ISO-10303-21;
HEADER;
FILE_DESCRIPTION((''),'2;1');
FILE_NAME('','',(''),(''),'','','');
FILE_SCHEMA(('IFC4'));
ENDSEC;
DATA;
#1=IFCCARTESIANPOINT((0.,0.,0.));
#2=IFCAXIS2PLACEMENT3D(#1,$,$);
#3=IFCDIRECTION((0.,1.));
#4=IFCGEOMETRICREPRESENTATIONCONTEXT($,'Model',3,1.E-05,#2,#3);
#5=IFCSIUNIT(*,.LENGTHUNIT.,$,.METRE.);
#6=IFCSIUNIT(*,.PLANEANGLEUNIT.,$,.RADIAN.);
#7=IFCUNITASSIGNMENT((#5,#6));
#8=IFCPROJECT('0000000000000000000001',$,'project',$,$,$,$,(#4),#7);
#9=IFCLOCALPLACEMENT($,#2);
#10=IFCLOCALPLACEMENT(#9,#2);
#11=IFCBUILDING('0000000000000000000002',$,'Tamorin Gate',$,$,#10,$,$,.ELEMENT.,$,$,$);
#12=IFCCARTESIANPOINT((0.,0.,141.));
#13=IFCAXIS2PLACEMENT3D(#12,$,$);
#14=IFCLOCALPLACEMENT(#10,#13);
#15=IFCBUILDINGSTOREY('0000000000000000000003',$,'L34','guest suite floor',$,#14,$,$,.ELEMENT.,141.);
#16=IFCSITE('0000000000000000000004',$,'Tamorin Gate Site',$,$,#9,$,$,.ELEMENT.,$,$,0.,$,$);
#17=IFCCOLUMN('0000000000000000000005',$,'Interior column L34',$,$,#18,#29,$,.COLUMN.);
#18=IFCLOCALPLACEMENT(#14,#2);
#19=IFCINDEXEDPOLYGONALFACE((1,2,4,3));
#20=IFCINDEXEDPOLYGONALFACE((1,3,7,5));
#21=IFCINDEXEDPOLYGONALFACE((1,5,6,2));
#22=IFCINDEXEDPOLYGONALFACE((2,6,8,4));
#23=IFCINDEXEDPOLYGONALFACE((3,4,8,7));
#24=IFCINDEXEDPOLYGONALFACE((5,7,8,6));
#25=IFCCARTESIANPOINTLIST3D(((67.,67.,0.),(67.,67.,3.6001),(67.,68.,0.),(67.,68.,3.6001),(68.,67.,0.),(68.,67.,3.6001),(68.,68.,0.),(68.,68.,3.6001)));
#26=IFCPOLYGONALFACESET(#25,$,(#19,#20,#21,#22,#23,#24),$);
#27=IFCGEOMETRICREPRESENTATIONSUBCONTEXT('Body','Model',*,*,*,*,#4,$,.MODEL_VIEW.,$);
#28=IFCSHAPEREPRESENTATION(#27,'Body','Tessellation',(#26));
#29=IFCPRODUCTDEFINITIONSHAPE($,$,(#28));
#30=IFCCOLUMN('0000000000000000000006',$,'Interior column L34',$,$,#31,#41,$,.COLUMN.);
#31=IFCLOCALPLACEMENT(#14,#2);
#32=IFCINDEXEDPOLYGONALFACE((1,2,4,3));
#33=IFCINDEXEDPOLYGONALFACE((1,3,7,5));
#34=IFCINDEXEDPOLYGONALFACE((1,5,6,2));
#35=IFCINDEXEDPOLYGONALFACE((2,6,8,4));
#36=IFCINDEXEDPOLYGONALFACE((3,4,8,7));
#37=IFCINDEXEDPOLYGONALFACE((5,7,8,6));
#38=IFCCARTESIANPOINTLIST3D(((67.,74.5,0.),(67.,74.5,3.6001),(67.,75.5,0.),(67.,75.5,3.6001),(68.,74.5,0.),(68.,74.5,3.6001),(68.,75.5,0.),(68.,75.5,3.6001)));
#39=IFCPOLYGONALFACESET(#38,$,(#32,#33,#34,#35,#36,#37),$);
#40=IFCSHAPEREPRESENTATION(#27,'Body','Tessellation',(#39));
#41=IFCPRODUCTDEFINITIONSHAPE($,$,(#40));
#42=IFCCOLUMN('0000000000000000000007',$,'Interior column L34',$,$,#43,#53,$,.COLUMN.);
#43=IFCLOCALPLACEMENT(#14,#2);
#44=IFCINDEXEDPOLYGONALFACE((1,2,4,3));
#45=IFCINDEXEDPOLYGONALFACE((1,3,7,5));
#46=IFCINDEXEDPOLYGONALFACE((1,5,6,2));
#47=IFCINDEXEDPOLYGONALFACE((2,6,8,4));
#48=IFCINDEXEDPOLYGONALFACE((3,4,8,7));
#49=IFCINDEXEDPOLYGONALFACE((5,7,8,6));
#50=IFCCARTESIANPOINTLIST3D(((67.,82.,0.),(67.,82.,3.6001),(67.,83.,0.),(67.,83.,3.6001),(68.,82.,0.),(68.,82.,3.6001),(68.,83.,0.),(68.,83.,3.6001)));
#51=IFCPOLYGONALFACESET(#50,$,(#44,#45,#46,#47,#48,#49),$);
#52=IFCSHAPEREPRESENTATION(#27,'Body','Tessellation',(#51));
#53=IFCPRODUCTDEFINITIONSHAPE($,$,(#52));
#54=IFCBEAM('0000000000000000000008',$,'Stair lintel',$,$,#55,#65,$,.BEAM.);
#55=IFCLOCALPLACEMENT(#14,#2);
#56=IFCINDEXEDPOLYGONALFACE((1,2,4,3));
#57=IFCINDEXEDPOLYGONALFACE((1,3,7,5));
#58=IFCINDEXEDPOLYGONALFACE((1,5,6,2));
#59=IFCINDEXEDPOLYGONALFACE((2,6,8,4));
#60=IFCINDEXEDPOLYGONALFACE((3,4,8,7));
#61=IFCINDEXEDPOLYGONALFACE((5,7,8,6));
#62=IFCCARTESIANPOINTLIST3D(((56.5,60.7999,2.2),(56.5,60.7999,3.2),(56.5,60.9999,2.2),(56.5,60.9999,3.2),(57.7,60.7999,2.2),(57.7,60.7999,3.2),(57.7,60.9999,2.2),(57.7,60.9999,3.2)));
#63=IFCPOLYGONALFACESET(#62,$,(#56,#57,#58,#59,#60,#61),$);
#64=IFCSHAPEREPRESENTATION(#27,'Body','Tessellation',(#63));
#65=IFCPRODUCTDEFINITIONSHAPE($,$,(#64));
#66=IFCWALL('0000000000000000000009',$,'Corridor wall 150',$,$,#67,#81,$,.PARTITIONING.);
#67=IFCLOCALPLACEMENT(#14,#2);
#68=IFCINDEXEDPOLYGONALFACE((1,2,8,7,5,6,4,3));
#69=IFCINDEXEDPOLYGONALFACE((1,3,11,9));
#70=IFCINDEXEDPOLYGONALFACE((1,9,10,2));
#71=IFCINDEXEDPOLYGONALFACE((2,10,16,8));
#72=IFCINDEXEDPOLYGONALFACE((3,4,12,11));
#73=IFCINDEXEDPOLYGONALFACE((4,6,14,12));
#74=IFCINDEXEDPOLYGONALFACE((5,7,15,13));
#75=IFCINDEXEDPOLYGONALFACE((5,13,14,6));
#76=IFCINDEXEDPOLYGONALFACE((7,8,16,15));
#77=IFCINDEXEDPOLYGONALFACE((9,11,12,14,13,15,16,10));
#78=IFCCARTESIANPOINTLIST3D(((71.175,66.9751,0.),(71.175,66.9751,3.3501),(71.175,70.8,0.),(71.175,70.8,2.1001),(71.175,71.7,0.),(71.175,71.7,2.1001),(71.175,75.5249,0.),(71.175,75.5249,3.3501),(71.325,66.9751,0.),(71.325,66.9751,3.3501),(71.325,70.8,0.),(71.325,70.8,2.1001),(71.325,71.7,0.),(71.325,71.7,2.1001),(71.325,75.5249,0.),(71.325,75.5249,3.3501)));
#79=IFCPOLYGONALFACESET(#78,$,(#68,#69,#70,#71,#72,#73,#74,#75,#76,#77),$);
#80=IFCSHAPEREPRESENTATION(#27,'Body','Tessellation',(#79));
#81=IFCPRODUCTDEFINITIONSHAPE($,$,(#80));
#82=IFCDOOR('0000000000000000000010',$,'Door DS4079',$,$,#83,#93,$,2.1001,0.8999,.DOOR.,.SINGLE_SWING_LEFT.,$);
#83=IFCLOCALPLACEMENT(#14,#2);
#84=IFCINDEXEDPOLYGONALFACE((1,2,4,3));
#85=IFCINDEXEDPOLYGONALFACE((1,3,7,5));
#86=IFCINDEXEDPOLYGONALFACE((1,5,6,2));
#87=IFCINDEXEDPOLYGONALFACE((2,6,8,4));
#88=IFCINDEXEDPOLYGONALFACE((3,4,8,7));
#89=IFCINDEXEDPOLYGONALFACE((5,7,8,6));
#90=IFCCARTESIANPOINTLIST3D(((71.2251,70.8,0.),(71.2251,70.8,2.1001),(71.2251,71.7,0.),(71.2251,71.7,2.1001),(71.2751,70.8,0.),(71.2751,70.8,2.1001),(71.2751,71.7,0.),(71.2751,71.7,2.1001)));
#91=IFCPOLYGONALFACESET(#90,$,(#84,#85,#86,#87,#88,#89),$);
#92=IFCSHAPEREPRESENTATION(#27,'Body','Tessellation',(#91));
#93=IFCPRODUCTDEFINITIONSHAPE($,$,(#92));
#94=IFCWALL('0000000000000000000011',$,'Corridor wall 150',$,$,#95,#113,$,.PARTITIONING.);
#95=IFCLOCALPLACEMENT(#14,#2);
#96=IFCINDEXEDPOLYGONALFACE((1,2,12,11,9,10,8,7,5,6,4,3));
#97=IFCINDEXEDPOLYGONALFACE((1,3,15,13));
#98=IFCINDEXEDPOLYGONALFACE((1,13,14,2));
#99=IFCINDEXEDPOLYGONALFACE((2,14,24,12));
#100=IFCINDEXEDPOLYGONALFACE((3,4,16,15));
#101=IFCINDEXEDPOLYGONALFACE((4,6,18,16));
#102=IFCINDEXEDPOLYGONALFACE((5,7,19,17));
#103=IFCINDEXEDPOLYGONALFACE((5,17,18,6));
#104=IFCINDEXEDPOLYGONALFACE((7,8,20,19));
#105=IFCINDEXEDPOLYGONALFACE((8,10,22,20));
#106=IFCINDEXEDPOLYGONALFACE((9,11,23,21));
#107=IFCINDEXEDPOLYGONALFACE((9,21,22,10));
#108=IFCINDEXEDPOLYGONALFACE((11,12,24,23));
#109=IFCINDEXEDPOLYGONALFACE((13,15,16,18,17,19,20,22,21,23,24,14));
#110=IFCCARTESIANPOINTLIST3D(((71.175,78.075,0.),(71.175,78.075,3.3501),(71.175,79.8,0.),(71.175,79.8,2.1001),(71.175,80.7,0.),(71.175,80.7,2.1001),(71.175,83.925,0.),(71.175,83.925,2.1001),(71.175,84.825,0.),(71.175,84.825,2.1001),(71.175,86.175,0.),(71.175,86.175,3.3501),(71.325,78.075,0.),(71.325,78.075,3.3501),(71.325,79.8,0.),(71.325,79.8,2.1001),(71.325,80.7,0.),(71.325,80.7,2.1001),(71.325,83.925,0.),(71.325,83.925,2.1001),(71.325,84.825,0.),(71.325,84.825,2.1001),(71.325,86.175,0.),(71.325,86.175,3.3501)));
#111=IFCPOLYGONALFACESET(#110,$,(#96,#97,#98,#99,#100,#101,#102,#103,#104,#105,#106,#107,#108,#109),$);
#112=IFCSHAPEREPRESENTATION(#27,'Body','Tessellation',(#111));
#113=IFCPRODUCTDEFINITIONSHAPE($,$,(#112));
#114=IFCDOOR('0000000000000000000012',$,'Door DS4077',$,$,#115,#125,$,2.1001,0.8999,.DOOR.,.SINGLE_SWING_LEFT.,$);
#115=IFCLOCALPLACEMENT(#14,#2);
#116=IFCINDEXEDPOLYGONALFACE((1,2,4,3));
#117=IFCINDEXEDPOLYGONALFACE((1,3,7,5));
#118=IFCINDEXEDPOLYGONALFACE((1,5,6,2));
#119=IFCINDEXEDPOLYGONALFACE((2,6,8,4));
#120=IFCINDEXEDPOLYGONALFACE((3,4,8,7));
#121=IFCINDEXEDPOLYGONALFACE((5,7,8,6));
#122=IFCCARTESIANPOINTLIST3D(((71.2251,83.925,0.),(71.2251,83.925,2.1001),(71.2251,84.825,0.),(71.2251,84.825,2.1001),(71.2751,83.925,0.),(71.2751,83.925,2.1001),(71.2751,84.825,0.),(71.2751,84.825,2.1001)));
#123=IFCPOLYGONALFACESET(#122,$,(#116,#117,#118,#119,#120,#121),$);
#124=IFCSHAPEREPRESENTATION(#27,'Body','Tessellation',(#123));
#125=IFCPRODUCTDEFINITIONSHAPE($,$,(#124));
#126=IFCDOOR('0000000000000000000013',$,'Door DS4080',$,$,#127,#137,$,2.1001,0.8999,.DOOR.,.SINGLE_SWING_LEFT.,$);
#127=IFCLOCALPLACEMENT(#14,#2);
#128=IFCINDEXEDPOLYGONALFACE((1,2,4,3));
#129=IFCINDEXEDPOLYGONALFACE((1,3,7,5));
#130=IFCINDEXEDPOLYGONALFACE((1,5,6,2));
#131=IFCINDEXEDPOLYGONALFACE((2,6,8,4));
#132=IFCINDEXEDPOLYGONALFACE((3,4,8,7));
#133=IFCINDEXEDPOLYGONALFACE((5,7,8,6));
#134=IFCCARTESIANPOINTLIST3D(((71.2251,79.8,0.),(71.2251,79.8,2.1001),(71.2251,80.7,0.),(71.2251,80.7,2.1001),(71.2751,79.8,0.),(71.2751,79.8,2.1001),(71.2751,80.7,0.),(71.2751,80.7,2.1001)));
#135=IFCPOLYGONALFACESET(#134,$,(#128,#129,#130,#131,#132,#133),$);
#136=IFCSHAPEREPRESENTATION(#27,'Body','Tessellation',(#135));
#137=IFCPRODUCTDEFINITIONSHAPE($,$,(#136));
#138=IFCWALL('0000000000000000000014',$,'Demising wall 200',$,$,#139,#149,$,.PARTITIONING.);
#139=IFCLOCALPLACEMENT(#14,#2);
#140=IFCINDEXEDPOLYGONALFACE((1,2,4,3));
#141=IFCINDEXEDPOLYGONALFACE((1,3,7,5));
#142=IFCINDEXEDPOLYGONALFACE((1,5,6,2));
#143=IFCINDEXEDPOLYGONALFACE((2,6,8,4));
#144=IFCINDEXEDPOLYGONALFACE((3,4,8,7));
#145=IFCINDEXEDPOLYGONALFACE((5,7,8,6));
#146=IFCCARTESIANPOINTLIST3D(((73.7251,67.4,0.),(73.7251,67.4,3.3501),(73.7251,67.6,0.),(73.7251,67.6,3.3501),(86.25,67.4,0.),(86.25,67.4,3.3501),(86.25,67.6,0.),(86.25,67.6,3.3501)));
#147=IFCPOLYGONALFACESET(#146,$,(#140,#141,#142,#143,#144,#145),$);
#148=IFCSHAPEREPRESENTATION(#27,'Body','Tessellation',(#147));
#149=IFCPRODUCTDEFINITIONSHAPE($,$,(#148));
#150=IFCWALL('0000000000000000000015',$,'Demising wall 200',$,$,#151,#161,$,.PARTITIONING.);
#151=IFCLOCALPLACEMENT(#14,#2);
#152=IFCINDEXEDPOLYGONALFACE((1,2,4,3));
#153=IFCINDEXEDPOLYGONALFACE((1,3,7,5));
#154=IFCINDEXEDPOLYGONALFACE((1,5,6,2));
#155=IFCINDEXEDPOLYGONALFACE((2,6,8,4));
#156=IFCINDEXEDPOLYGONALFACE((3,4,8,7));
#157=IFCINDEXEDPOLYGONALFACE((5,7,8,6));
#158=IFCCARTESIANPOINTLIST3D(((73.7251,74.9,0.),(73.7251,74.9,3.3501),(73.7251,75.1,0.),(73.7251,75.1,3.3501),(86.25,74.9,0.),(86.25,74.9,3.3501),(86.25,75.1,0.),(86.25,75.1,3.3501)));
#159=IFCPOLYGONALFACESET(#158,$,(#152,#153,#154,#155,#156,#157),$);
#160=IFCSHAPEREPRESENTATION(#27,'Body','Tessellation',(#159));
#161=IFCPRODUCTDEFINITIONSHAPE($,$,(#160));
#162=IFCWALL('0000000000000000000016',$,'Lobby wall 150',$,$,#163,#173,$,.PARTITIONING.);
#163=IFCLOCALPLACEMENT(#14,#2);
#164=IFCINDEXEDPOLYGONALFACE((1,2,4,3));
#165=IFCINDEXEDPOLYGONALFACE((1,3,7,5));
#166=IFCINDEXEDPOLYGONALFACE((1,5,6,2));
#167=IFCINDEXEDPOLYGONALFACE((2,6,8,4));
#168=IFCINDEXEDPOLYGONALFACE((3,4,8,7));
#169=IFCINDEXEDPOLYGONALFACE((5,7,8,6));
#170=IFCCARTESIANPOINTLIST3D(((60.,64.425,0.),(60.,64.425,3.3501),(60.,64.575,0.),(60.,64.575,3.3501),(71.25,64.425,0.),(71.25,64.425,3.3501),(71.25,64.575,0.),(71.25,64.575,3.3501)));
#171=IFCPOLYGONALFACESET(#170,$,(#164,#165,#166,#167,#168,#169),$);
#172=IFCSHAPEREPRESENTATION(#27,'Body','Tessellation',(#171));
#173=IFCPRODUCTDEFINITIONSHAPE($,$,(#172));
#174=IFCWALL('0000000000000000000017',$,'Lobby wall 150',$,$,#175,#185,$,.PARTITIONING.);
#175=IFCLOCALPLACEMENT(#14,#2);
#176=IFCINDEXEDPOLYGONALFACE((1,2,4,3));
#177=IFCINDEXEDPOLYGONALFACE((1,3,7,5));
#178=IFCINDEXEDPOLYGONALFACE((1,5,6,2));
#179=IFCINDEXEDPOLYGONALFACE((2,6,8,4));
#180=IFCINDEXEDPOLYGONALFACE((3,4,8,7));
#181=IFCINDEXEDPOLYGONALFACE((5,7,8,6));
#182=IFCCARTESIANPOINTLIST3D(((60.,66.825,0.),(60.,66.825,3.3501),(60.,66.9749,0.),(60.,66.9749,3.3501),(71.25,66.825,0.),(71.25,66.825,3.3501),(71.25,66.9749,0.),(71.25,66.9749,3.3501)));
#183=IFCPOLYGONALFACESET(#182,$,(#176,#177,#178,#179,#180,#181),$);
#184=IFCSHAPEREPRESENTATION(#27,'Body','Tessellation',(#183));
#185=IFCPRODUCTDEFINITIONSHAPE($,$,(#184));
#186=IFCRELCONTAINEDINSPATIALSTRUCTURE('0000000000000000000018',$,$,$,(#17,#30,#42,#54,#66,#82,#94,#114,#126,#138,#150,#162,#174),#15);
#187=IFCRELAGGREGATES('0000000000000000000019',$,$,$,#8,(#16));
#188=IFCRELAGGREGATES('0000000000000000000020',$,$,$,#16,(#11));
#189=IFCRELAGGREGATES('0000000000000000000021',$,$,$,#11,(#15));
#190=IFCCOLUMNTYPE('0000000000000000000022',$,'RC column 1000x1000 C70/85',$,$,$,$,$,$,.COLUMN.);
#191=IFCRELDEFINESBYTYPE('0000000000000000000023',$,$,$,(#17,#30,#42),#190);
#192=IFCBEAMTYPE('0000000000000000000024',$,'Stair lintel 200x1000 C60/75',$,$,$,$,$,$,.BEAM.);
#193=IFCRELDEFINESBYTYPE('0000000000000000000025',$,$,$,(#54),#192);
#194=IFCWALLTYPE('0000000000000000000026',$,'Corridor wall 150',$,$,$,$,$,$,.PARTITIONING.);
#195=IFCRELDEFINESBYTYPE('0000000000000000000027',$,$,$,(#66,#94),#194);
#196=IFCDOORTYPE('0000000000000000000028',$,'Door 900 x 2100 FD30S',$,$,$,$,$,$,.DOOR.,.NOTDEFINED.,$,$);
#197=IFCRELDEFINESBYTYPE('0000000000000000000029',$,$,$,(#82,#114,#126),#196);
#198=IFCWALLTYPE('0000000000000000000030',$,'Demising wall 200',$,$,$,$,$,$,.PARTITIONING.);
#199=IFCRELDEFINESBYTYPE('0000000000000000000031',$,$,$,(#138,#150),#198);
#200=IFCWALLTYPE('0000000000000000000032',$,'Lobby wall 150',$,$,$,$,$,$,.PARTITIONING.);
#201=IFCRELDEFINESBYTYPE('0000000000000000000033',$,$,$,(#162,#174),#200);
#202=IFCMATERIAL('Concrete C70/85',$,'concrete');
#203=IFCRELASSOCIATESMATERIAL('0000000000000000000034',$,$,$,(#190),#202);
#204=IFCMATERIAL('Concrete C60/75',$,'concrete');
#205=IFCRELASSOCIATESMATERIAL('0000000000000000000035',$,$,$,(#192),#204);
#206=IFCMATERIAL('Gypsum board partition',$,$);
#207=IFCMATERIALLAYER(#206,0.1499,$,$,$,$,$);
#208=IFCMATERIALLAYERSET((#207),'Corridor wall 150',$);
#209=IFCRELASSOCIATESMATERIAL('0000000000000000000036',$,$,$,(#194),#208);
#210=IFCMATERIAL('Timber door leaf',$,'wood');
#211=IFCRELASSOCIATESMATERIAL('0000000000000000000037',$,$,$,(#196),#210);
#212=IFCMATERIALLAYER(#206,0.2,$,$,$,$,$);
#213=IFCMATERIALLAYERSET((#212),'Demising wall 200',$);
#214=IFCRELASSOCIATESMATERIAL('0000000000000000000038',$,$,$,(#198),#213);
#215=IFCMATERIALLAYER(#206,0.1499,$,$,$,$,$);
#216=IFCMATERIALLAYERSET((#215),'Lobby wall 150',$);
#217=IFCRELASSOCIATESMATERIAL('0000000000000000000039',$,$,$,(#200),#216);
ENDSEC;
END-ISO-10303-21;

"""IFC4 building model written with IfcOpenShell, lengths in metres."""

from ifc_helpers import new_model, si_unit, direction, frame, frame_2d, origin, origin_2d, place, context, subcontext, project, spatial, rectangle, extrude, material, layer, layer_set, material_profile, profile_set, type_object, element, fill, save


model = new_model("IFC4")

# Units and contexts
model_context = context("Model", 3, precision=1e-05, world=origin(), true_north=direction((0.0, 1.0)))
body_context = subcontext(model_context, "Body", "Model", "MODEL_VIEW")
ifc_project = project(units=[si_unit("LENGTHUNIT", "METRE"), si_unit("PLANEANGLEUNIT", "RADIAN")], contexts=[model_context])

# Site, building, storey
site_placement = place(None, origin())
site = spatial("IfcSite", under=ifc_project, at=site_placement, Name="Tamorin Gate Site", CompositionType="ELEMENT", RefElevation=0.0)
building_placement = place(site_placement, origin())
building = spatial("IfcBuilding", under=site, at=building_placement, Name="Tamorin Gate", CompositionType="ELEMENT")
storey_placement = place(building_placement, frame((0.0, 0.0, 141.0)))
storey = spatial("IfcBuildingStorey", under=building, at=storey_placement, Name="L34", Description="guest suite floor", CompositionType="ELEMENT", Elevation=141.0)

# Columns
ifc_material_1 = material(Name="Concrete C70/85", Category="concrete")
ifc_material_profile_1 = material_profile(ifc_material_1, rectangle(XDim=1.0, YDim=1.0, at=origin_2d()), Name="RC 1000x1000")
ifc_profile_set_1 = profile_set([ifc_material_profile_1], Name="Concrete C70/85")
column_type = type_object("IfcColumnType", Name="RC column 1000x1000 C70/85", PredefinedType="COLUMN", material=ifc_profile_set_1)
for number, where, z_axis, x_axis, name in (
    (1, (67.5, 67.5, 0.0), (0.0, 0.0, 1.0), (1.0, 0.0, 0.0), "Interior column L34"),
    (2, (67.5, 75.0, 0.0), (0.0, 0.0, 1.0), (1.0, 0.0, 0.0), "Interior column L34"),
    (3, (67.5, 82.5, 0.0), (0.0, 0.0, 1.0), (1.0, 0.0, 0.0), "Interior column L34"),
):
    element("IfcColumn", number, at=place(storey_placement, frame(where, z_axis=z_axis, x_axis=x_axis)), inside=storey, type_object=column_type, Name=name, PredefinedType="COLUMN", context=body_context, shape_type="SweptSolid", body=[
        extrude(rectangle(XDim=1.0, YDim=1.0, at=origin_2d()), origin(), (0.0, 0.0, 1.0), 3.6001),
    ])

# Beam
ifc_material_2 = material(Name="Concrete C60/75", Category="concrete")
ifc_material_profile_2 = material_profile(ifc_material_2, rectangle(XDim=0.2, YDim=1.0, at=origin_2d()))
ifc_profile_set_2 = profile_set([ifc_material_profile_2], Name="Concrete C60/75")
beam_type = type_object("IfcBeamType", Name="Stair lintel 200x1000 C60/75", PredefinedType="BEAM", material=ifc_profile_set_2)
beam_placement = place(storey_placement, frame((56.5, 60.8999, 2.7), z_axis=(1.0, 0.0, 0.0), x_axis=(0.0, 1.0, 0.0)))
element("IfcBeam", 4, at=beam_placement, inside=storey, type_object=beam_type, Name="Stair lintel", PredefinedType="BEAM", context=body_context, shape_type="SweptSolid", body=[
    extrude(rectangle(XDim=0.2, YDim=1.0, at=origin_2d()), origin(), (0.0, 0.0, 1.0), 1.2),
])

# Wall, opening, door
ifc_material_3 = material(Name="Gypsum board partition")
ifc_layer_1 = layer(ifc_material_3, 0.1499)
ifc_layer_set_1 = layer_set([ifc_layer_1], Name="Corridor wall 150")
wall_type_1 = type_object("IfcWallType", Name="Corridor wall 150", PredefinedType="PARTITIONING", material=ifc_layer_set_1)
wall_1_placement = place(storey_placement, frame((71.25, 66.9751, 0.0), z_axis=(0.0, 0.0, 1.0), x_axis=(0.0, 1.0, 0.0)))
wall_1 = element("IfcWall", 5, at=wall_1_placement, inside=storey, type_object=wall_type_1, Name="Corridor wall 150", PredefinedType="PARTITIONING", context=body_context, shape_type="SweptSolid", body=[
    extrude(rectangle(XDim=8.5498, YDim=0.1499, at=frame_2d((4.2749, 0.0))), origin(), (0.0, 0.0, 1.0), 3.3501),
])
opening_1_placement = place(wall_1_placement, frame((3.825, 0.0, 0.0)))
opening_1 = element("IfcOpeningElement", 6, at=opening_1_placement, cuts=wall_1, PredefinedType="OPENING", context=body_context, shape_type="SweptSolid", body=[
    extrude(rectangle(XDim=0.8999, YDim=2.1001, at=frame_2d((0.45, 1.05))), frame((0.0, 0.085, 0.0), z_axis=(0.0, -1.0, 0.0), x_axis=(1.0, 0.0, 0.0)), (0.0, 0.0, 1.0), 0.1699),
])
ifc_material_4 = material(Name="Timber door leaf", Category="wood")
door_type = type_object("IfcDoorType", Name="Door 900 x 2100 FD30S", OperationType="NOTDEFINED", PredefinedType="DOOR", material=ifc_material_4)
door_1_placement = place(opening_1_placement, origin())
door_1 = element("IfcDoor", 7, at=door_1_placement, inside=storey, type_object=door_type, Name="Door DS4079", OperationType="SINGLE_SWING_LEFT", OverallHeight=2.1001, OverallWidth=0.8999, PredefinedType="DOOR", context=body_context, shape_type="SweptSolid", body=[
    extrude(rectangle(XDim=0.8999, YDim=2.1001, at=frame_2d((0.45, 1.05))), frame((0.0, 0.0249, 0.0), z_axis=(0.0, -1.0, 0.0), x_axis=(1.0, 0.0, 0.0)), (0.0, 0.0, 1.0), 0.05),
])
fill(opening_1, door_1)

# Wall, openings, doors
wall_2_placement = place(storey_placement, frame((71.25, 78.075, 0.0), z_axis=(0.0, 0.0, 1.0), x_axis=(0.0, 1.0, 0.0)))
wall_2 = element("IfcWall", 8, at=wall_2_placement, inside=storey, type_object=wall_type_1, Name="Corridor wall 150", PredefinedType="PARTITIONING", context=body_context, shape_type="SweptSolid", body=[
    extrude(rectangle(XDim=8.1001, YDim=0.1499, at=frame_2d((4.05, 0.0))), origin(), (0.0, 0.0, 1.0), 3.3501),
])
opening_2_placement = place(wall_2_placement, frame((5.8501, 0.0, 0.0)))
opening_2 = element("IfcOpeningElement", 9, at=opening_2_placement, cuts=wall_2, PredefinedType="OPENING", context=body_context, shape_type="SweptSolid", body=[
    extrude(rectangle(XDim=0.8999, YDim=2.1001, at=frame_2d((0.45, 1.05))), frame((0.0, 0.085, 0.0), z_axis=(0.0, -1.0, 0.0), x_axis=(1.0, 0.0, 0.0)), (0.0, 0.0, 1.0), 0.1699),
])
opening_3_placement = place(wall_2_placement, frame((1.7251, 0.0, 0.0)))
opening_3 = element("IfcOpeningElement", 10, at=opening_3_placement, cuts=wall_2, PredefinedType="OPENING", context=body_context, shape_type="SweptSolid", body=[
    extrude(rectangle(XDim=0.8999, YDim=2.1001, at=frame_2d((0.45, 1.05))), frame((0.0, 0.085, 0.0), z_axis=(0.0, -1.0, 0.0), x_axis=(1.0, 0.0, 0.0)), (0.0, 0.0, 1.0), 0.1699),
])
door_2_placement = place(opening_2_placement, origin())
door_2 = element("IfcDoor", 11, at=door_2_placement, inside=storey, type_object=door_type, Name="Door DS4077", OperationType="SINGLE_SWING_LEFT", OverallHeight=2.1001, OverallWidth=0.8999, PredefinedType="DOOR", context=body_context, shape_type="SweptSolid", body=[
    extrude(rectangle(XDim=0.8999, YDim=2.1001, at=frame_2d((0.45, 1.05))), frame((0.0, 0.0249, 0.0), z_axis=(0.0, -1.0, 0.0), x_axis=(1.0, 0.0, 0.0)), (0.0, 0.0, 1.0), 0.05),
])
fill(opening_2, door_2)
door_3_placement = place(opening_3_placement, origin())
door_3 = element("IfcDoor", 12, at=door_3_placement, inside=storey, type_object=door_type, Name="Door DS4080", OperationType="SINGLE_SWING_LEFT", OverallHeight=2.1001, OverallWidth=0.8999, PredefinedType="DOOR", context=body_context, shape_type="SweptSolid", body=[
    extrude(rectangle(XDim=0.8999, YDim=2.1001, at=frame_2d((0.45, 1.05))), frame((0.0, 0.0249, 0.0), z_axis=(0.0, -1.0, 0.0), x_axis=(1.0, 0.0, 0.0)), (0.0, 0.0, 1.0), 0.05),
])
fill(opening_3, door_3)

# Walls
ifc_layer_2 = layer(ifc_material_3, 0.2)
ifc_layer_set_2 = layer_set([ifc_layer_2], Name="Demising wall 200")
wall_type_2 = type_object("IfcWallType", Name="Demising wall 200", PredefinedType="PARTITIONING", material=ifc_layer_set_2)
for number, where, z_axis, x_axis, name in (
    (13, (73.7251, 67.5, 0.0), (0.0, 0.0, 1.0), (1.0, 0.0, 0.0), "Demising wall 200"),
    (14, (73.7251, 75.0, 0.0), (0.0, 0.0, 1.0), (1.0, 0.0, 0.0), "Demising wall 200"),
):
    element("IfcWall", number, at=place(storey_placement, frame(where, z_axis=z_axis, x_axis=x_axis)), inside=storey, type_object=wall_type_2, Name=name, PredefinedType="PARTITIONING", context=body_context, shape_type="SweptSolid", body=[
        extrude(rectangle(XDim=12.5249, YDim=0.2, at=frame_2d((6.2625, 0.0))), origin(), (0.0, 0.0, 1.0), 3.3501),
    ])
ifc_layer_3 = layer(ifc_material_3, 0.1499)
ifc_layer_set_3 = layer_set([ifc_layer_3], Name="Lobby wall 150")
wall_type_3 = type_object("IfcWallType", Name="Lobby wall 150", PredefinedType="PARTITIONING", material=ifc_layer_set_3)
for number, where, z_axis, x_axis, name in (
    (15, (60.0, 64.5, 0.0), (0.0, 0.0, 1.0), (1.0, 0.0, 0.0), "Lobby wall 150"),
    (16, (60.0, 66.8999, 0.0), (0.0, 0.0, 1.0), (1.0, 0.0, 0.0), "Lobby wall 150"),
):
    element("IfcWall", number, at=place(storey_placement, frame(where, z_axis=z_axis, x_axis=x_axis)), inside=storey, type_object=wall_type_3, Name=name, PredefinedType="PARTITIONING", context=body_context, shape_type="SweptSolid", body=[
        extrude(rectangle(XDim=11.25, YDim=0.1499, at=frame_2d((5.625, 0.0))), origin(), (0.0, 0.0, 1.0), 3.3501),
    ])

save(model, "model.ifc")
